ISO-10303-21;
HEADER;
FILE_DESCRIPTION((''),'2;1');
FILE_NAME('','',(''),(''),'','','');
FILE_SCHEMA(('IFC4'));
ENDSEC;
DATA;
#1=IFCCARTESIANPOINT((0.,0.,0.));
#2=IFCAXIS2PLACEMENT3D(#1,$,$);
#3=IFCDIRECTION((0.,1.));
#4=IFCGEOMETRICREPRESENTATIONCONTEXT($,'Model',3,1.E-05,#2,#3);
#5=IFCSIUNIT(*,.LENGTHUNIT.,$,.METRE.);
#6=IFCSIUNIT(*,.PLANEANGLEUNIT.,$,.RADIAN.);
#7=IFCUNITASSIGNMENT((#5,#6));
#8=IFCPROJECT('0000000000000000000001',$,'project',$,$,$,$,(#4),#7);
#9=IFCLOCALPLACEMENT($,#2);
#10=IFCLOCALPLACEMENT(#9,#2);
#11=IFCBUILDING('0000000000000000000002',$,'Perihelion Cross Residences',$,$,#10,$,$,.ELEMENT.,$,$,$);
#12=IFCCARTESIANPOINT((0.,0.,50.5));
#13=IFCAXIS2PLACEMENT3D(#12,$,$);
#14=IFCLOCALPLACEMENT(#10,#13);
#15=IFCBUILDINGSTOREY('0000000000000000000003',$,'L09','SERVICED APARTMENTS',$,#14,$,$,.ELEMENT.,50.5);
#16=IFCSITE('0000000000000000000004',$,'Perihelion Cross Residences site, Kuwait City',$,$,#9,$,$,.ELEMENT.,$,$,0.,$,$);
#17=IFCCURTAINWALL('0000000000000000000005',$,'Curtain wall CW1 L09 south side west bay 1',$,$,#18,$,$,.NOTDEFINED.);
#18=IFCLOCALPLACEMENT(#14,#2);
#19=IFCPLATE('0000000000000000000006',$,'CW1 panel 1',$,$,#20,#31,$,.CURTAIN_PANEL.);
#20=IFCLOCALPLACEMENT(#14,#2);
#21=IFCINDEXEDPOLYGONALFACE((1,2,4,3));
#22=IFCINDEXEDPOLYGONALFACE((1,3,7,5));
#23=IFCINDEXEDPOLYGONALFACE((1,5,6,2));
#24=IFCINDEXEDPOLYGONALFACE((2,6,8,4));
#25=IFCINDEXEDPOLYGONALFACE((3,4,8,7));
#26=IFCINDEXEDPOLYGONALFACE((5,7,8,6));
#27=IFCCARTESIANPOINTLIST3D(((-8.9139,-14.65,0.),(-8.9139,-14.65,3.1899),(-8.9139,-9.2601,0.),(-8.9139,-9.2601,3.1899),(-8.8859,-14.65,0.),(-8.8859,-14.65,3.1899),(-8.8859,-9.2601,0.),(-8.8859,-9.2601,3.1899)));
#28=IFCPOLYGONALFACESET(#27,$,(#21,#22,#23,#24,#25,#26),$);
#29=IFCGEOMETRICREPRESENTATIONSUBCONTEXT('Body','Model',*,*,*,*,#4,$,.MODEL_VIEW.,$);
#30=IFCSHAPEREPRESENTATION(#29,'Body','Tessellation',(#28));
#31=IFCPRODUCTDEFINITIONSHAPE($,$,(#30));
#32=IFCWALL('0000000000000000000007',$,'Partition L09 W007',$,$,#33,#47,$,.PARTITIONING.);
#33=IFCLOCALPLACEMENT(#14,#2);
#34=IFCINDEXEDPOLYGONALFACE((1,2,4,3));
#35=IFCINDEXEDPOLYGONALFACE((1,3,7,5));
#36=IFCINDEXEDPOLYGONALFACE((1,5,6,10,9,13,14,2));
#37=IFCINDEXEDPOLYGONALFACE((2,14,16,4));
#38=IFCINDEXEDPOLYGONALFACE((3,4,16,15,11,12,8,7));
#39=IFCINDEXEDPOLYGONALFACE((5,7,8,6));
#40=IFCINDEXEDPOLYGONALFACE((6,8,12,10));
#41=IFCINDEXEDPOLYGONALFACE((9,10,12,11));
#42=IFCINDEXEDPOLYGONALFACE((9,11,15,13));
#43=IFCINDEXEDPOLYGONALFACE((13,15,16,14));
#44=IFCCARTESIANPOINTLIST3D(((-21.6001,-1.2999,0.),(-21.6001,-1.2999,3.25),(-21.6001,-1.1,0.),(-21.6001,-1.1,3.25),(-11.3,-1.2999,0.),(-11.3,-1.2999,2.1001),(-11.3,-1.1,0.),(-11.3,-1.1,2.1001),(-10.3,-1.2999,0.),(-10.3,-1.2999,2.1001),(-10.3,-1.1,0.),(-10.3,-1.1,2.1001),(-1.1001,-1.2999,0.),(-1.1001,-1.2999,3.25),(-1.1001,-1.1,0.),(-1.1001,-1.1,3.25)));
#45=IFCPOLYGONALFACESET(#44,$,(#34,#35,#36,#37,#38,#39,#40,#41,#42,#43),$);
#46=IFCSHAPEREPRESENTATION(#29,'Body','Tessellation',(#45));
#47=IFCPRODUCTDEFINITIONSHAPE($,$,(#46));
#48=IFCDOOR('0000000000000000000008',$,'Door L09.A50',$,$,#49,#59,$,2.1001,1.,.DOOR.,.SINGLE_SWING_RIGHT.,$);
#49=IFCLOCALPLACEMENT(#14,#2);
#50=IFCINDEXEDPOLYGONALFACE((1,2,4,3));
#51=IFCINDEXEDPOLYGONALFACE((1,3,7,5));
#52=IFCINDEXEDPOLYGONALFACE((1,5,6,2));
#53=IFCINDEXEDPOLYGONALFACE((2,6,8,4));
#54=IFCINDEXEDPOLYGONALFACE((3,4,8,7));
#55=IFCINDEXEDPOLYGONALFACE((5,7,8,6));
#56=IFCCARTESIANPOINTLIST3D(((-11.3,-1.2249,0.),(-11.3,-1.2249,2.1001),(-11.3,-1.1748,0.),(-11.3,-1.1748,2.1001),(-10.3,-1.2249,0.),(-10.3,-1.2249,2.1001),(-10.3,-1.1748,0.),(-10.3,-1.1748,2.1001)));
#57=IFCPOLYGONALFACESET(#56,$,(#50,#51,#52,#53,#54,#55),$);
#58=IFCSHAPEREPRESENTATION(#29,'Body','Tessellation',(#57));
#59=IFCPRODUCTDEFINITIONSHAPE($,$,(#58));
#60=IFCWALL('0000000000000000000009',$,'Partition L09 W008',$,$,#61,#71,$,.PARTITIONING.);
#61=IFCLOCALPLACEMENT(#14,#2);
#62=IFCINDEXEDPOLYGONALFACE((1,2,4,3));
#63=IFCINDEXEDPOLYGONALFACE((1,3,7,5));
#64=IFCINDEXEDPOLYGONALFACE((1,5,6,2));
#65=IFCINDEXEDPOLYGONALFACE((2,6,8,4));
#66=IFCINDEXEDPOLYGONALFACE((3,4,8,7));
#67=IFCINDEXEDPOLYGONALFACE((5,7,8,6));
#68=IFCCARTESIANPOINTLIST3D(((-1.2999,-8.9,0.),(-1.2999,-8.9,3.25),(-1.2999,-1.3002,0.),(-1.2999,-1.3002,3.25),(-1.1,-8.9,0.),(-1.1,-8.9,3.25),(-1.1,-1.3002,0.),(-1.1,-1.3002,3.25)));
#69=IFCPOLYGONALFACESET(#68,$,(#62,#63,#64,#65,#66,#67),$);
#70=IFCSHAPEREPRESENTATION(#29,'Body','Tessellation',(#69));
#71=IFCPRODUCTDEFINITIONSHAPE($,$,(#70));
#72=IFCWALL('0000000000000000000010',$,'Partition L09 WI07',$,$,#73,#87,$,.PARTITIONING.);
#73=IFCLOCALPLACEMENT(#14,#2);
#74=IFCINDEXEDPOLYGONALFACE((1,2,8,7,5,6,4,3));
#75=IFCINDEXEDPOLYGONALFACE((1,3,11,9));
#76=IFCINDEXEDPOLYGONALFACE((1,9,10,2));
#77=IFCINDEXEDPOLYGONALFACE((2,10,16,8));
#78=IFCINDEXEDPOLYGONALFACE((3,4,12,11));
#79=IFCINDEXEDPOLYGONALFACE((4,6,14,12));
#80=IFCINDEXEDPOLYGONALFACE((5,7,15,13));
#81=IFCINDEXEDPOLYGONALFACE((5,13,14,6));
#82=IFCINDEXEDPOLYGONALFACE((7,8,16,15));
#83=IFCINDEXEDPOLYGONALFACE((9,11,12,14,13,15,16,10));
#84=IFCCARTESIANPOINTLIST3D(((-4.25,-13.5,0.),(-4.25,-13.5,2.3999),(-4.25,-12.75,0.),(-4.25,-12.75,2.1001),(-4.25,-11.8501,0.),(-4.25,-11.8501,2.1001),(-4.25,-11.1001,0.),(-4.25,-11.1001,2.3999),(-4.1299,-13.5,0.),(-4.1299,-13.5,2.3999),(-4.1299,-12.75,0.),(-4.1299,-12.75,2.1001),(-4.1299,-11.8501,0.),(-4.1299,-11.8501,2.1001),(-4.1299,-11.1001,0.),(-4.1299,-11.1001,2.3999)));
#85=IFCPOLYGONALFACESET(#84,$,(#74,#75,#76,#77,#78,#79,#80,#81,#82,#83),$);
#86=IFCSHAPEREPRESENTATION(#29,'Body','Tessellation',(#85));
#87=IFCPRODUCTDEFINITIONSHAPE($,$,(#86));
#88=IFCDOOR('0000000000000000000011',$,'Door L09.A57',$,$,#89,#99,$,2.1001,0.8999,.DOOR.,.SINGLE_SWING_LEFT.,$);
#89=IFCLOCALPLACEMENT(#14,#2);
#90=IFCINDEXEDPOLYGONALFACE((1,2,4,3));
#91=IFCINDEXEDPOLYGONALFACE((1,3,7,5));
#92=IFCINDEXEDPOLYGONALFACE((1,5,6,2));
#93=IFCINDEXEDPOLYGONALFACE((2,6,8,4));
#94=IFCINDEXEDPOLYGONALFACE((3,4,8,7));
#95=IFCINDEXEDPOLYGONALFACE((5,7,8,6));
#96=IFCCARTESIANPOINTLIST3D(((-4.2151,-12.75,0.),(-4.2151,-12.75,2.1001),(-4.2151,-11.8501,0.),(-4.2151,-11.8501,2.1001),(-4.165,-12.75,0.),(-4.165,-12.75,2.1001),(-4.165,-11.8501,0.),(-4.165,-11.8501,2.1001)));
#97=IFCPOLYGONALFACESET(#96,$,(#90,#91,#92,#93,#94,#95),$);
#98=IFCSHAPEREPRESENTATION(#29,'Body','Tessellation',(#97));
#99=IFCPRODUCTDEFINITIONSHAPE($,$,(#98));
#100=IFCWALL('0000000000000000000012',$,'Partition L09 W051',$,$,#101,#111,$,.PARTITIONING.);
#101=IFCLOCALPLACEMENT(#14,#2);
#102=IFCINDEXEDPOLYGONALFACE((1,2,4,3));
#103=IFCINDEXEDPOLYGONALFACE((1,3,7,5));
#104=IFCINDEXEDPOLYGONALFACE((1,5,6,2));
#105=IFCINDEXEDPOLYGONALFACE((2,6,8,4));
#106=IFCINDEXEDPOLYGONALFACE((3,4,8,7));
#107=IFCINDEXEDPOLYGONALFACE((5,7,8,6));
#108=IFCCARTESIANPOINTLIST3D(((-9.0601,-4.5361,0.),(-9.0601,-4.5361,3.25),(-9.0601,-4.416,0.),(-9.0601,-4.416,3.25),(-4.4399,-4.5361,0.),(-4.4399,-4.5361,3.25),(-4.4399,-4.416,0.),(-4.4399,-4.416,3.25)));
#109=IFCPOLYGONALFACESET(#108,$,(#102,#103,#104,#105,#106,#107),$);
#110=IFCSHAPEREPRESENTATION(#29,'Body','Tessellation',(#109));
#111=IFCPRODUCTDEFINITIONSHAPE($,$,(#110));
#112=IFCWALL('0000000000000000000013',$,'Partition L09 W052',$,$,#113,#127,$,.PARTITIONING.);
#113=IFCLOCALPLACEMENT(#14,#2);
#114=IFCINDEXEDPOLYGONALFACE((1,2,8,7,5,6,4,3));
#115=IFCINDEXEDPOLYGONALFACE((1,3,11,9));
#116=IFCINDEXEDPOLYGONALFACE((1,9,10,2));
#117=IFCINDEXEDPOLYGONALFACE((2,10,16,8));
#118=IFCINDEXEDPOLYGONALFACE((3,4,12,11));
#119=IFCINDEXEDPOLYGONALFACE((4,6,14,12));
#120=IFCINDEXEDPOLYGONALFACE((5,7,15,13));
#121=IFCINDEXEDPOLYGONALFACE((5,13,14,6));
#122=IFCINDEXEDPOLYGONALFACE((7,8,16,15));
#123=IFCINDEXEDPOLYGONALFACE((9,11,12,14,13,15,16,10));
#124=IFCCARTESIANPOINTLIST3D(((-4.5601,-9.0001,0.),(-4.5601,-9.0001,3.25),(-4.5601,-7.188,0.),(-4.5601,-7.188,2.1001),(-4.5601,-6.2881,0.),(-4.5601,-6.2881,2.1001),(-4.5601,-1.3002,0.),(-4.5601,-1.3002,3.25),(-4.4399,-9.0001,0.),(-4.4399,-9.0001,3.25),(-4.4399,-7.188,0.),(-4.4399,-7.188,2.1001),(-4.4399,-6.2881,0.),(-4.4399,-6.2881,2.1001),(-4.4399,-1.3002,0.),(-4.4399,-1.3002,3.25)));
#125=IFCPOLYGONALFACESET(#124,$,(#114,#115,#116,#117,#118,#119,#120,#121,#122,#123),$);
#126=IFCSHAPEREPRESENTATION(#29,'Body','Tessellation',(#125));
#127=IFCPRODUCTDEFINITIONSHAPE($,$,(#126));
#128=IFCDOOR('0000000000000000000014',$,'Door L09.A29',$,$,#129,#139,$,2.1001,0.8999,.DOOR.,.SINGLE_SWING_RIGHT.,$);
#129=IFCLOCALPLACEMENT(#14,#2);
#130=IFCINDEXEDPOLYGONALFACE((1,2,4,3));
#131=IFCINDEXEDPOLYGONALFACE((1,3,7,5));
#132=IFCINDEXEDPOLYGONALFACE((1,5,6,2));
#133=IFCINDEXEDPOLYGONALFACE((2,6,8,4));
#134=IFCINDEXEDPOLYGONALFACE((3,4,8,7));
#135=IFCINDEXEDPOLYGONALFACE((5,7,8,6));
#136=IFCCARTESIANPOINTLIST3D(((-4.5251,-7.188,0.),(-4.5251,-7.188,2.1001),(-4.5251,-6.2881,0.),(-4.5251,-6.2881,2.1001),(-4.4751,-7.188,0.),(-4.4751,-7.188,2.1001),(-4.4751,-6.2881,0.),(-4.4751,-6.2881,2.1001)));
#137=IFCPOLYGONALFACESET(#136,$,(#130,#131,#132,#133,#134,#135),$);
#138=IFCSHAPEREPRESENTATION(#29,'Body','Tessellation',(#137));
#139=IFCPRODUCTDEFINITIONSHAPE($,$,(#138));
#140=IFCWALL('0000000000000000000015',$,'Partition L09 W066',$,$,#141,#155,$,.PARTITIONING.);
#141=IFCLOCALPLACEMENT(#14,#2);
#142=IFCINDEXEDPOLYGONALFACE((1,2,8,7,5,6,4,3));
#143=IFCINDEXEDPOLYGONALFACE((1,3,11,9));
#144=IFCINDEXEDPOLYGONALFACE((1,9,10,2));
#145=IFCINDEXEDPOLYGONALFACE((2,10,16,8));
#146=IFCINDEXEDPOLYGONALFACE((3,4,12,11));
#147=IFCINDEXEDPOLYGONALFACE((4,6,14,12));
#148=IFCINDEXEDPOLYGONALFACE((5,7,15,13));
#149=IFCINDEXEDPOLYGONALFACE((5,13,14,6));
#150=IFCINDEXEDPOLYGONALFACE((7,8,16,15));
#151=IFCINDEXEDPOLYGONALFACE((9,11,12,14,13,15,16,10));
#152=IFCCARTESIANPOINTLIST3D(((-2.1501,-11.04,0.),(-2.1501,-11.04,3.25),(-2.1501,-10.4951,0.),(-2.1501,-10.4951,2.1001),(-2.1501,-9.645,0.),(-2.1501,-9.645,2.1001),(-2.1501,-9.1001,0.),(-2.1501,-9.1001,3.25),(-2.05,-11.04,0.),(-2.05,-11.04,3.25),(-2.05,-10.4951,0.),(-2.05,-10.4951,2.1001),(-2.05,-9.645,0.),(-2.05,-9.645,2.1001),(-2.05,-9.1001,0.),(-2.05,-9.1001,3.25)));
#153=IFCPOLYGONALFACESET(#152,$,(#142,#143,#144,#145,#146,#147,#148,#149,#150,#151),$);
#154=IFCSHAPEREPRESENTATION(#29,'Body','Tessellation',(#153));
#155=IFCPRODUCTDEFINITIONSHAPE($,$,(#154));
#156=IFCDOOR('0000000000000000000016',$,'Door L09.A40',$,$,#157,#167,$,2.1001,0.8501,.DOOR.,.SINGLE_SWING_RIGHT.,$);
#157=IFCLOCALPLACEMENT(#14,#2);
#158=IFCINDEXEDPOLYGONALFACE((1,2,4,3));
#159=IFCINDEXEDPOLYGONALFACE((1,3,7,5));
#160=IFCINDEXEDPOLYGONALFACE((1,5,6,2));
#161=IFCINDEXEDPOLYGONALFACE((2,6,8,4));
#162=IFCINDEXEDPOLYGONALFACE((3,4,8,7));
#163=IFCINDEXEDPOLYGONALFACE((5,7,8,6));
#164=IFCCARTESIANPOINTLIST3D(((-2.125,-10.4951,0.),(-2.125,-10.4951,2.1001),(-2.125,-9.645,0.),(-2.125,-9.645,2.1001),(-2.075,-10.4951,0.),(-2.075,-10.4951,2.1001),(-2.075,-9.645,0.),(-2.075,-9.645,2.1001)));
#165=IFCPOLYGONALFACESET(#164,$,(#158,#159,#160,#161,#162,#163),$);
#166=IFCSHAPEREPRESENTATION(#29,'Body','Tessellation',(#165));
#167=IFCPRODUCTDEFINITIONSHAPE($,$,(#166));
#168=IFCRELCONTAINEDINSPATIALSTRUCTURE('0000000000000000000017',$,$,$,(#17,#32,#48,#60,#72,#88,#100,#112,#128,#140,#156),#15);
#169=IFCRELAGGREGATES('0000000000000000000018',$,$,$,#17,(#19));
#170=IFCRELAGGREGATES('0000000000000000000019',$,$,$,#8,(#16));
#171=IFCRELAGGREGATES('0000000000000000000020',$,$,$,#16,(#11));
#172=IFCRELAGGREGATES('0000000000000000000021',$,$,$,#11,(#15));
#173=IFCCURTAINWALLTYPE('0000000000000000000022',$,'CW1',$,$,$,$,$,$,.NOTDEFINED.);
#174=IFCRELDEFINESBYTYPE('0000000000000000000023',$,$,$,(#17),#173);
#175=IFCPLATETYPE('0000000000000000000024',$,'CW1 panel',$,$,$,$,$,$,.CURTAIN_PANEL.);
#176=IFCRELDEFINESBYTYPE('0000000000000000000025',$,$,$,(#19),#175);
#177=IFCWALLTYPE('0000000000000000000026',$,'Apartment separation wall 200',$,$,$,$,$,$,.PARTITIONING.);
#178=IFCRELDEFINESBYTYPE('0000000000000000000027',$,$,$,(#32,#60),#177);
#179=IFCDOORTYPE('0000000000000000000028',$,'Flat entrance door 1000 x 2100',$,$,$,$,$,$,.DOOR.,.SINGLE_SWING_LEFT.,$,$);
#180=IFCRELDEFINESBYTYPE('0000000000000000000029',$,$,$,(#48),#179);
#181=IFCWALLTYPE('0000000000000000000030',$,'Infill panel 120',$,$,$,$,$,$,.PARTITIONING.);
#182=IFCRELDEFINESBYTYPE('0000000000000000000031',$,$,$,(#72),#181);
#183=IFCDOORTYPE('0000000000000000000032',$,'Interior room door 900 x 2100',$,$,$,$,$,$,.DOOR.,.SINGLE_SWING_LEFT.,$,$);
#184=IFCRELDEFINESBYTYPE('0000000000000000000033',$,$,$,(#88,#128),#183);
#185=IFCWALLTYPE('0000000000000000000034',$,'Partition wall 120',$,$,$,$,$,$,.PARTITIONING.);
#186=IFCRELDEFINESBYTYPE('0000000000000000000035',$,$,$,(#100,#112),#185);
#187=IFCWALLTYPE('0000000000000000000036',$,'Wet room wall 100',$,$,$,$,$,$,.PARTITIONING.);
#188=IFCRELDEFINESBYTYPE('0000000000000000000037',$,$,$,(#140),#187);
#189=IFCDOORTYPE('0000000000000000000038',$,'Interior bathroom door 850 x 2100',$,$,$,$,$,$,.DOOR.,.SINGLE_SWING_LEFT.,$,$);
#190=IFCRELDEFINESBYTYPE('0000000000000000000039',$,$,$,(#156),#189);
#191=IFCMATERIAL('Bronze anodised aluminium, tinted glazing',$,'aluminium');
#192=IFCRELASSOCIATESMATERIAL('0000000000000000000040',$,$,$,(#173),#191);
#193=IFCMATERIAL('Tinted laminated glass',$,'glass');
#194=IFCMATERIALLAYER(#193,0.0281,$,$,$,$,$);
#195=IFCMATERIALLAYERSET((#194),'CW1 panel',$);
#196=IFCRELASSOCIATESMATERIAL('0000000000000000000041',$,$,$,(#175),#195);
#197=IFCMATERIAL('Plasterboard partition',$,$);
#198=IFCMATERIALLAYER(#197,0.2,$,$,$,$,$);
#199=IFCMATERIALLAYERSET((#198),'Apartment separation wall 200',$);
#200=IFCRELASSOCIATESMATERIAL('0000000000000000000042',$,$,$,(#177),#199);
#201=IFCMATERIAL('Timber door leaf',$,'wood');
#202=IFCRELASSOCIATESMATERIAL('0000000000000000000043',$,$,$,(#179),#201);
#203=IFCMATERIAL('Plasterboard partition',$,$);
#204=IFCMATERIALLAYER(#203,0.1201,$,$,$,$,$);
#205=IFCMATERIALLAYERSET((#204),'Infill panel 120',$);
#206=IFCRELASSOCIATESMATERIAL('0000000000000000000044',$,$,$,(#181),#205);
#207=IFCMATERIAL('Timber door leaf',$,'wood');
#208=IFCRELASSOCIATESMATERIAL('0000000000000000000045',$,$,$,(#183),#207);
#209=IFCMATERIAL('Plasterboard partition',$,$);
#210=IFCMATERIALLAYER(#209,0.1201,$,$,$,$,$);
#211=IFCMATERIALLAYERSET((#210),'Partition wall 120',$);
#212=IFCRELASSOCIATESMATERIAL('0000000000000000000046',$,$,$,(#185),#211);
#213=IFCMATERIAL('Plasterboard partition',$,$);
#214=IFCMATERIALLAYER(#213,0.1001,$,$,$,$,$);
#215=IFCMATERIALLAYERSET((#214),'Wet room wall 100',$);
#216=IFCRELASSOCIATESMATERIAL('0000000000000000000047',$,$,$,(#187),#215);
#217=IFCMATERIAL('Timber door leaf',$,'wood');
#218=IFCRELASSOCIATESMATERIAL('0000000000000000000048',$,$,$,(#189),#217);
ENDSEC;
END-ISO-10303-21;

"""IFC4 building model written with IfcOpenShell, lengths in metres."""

from ifc_helpers import new_model, si_unit, direction, frame, frame_2d, origin, origin_2d, place, context, subcontext, project, spatial, rectangle, extrude, material, layer, layer_set, type_object, element, fill, aggregate, save


model = new_model("IFC4")

# Units and contexts
model_context = context("Model", 3, precision=1e-05, world=origin(), true_north=direction((0.0, 1.0)))
body_context = subcontext(model_context, "Body", "Model", "MODEL_VIEW")
ifc_project = project(units=[si_unit("LENGTHUNIT", "METRE"), si_unit("PLANEANGLEUNIT", "RADIAN")], contexts=[model_context])

# Site, building, storey
site_placement = place(None, origin())
site = spatial("IfcSite", under=ifc_project, at=site_placement, Name="Perihelion Cross Residences site, Kuwait City", CompositionType="ELEMENT", RefElevation=0.0)
building_placement = place(site_placement, origin())
building = spatial("IfcBuilding", under=site, at=building_placement, Name="Perihelion Cross Residences", CompositionType="ELEMENT")
storey_placement = place(building_placement, frame((0.0, 0.0, 50.5)))
storey = spatial("IfcBuildingStorey", under=building, at=storey_placement, Name="L09", Description="SERVICED APARTMENTS", CompositionType="ELEMENT", Elevation=50.5)

# Curtain wall
ifc_material_1 = material(Name="Bronze anodised aluminium, tinted glazing", Category="aluminium")
curtain_wall_type = type_object("IfcCurtainWallType", Name="CW1", PredefinedType="NOTDEFINED", material=ifc_material_1)
curtain_wall_placement = place(storey_placement, origin())
curtain_wall = element("IfcCurtainWall", 1, at=curtain_wall_placement, inside=storey, type_object=curtain_wall_type, Name="Curtain wall CW1 L09 south side west bay 1", PredefinedType="NOTDEFINED")

# Plate
ifc_material_2 = material(Name="Tinted laminated glass", Category="glass")
ifc_layer_1 = layer(ifc_material_2, 0.0281)
ifc_layer_set_1 = layer_set([ifc_layer_1], Name="CW1 panel")
plate_type = type_object("IfcPlateType", Name="CW1 panel", PredefinedType="CURTAIN_PANEL", material=ifc_layer_set_1)
plate_placement = place(storey_placement, frame((-8.8999, -11.9551, 0.0), z_axis=(0.0, 0.0, 1.0), x_axis=(0.0, -1.0, 0.0)))
plate = element("IfcPlate", 2, at=plate_placement, type_object=plate_type, Name="CW1 panel 1", PredefinedType="CURTAIN_PANEL", context=body_context, shape_type="SweptSolid", body=[
    extrude(rectangle(XDim=5.3899, YDim=0.0281, at=origin_2d()), origin(), (0.0, 0.0, 1.0), 3.1899),
])
aggregate(curtain_wall, [plate])

# Wall, opening, door
ifc_material_3 = material(Name="Plasterboard partition")
ifc_layer_2 = layer(ifc_material_3, 0.2)
ifc_layer_set_2 = layer_set([ifc_layer_2], Name="Apartment separation wall 200")
wall_type_1 = type_object("IfcWallType", Name="Apartment separation wall 200", PredefinedType="PARTITIONING", material=ifc_layer_set_2)
wall_1_placement = place(storey_placement, frame((-1.1001, -1.2, 0.0), z_axis=(0.0, 0.0, 1.0), x_axis=(-1.0, 0.0, 0.0)))
wall_1 = element("IfcWall", 3, at=wall_1_placement, inside=storey, type_object=wall_type_1, Name="Partition L09 W007", PredefinedType="PARTITIONING", context=body_context, shape_type="SweptSolid", body=[
    extrude(rectangle(XDim=20.5, YDim=0.2, at=frame_2d((10.25, 0.0))), origin(), (0.0, 0.0, 1.0), 3.25),
])
opening_1_placement = place(wall_1_placement, frame((9.2, 0.0, 0.0)))
opening_1 = element("IfcOpeningElement", 4, at=opening_1_placement, cuts=wall_1, PredefinedType="OPENING", context=body_context, shape_type="SweptSolid", body=[
    extrude(rectangle(XDim=1.0, YDim=2.1001, at=frame_2d((0.5, 1.05))), frame((0.0, 0.1099, 0.0), z_axis=(0.0, -1.0, 0.0), x_axis=(1.0, 0.0, 0.0)), (0.0, 0.0, 1.0), 0.22),
])
ifc_material_4 = material(Name="Timber door leaf", Category="wood")
door_type_1 = type_object("IfcDoorType", Name="Flat entrance door 1000 x 2100", OperationType="SINGLE_SWING_LEFT", PredefinedType="DOOR", material=ifc_material_4)
door_1_placement = place(opening_1_placement, origin())
door_1 = element("IfcDoor", 5, at=door_1_placement, inside=storey, type_object=door_type_1, Name="Door L09.A50", OperationType="SINGLE_SWING_RIGHT", OverallHeight=2.1001, OverallWidth=1.0, PredefinedType="DOOR", context=body_context, shape_type="SweptSolid", body=[
    extrude(rectangle(XDim=1.0, YDim=2.1001, at=frame_2d((0.5, 1.05))), frame((0.0, 0.0249, 0.0), z_axis=(0.0, -1.0, 0.0), x_axis=(1.0, 0.0, 0.0)), (0.0, 0.0, 1.0), 0.05),
])
fill(opening_1, door_1)

# Wall
wall_2_placement = place(storey_placement, frame((-1.2, -8.8999, 0.0), z_axis=(0.0, 0.0, 1.0), x_axis=(0.0, 1.0, 0.0)))
element("IfcWall", 6, at=wall_2_placement, inside=storey, type_object=wall_type_1, Name="Partition L09 W008", PredefinedType="PARTITIONING", context=body_context, shape_type="SweptSolid", body=[
    extrude(rectangle(XDim=7.5999, YDim=0.2, at=frame_2d((3.7998, 0.0))), origin(), (0.0, 0.0, 1.0), 3.25),
])

# Wall, opening, door
ifc_material_5 = material(Name="Plasterboard partition")
ifc_layer_3 = layer(ifc_material_5, 0.1201)
ifc_layer_set_3 = layer_set([ifc_layer_3], Name="Infill panel 120")
wall_type_2 = type_object("IfcWallType", Name="Infill panel 120", PredefinedType="PARTITIONING", material=ifc_layer_set_3)
wall_3_placement = place(storey_placement, frame((-4.1899, -11.1001, 0.0), z_axis=(0.0, 0.0, 1.0), x_axis=(0.0, -1.0, 0.0)))
wall_3 = element("IfcWall", 7, at=wall_3_placement, inside=storey, type_object=wall_type_2, Name="Partition L09 WI07", PredefinedType="PARTITIONING", context=body_context, shape_type="SweptSolid", body=[
    extrude(rectangle(XDim=2.3999, YDim=0.1201, at=frame_2d((1.2, 0.0))), origin(), (0.0, 0.0, 1.0), 2.3999),
])
opening_2_placement = place(wall_3_placement, frame((0.75, 0.0, 0.0)))
opening_2 = element("IfcOpeningElement", 8, at=opening_2_placement, cuts=wall_3, PredefinedType="OPENING", context=body_context, shape_type="SweptSolid", body=[
    extrude(rectangle(XDim=0.8999, YDim=2.1001, at=frame_2d((0.45, 1.05))), frame((0.0, 0.0701, 0.0), z_axis=(0.0, -1.0, 0.0), x_axis=(1.0, 0.0, 0.0)), (0.0, 0.0, 1.0), 0.1401),
])
ifc_material_6 = material(Name="Timber door leaf", Category="wood")
door_type_2 = type_object("IfcDoorType", Name="Interior room door 900 x 2100", OperationType="SINGLE_SWING_LEFT", PredefinedType="DOOR", material=ifc_material_6)
door_2_placement = place(opening_2_placement, origin())
door_2 = element("IfcDoor", 9, at=door_2_placement, inside=storey, type_object=door_type_2, Name="Door L09.A57", OperationType="SINGLE_SWING_LEFT", OverallHeight=2.1001, OverallWidth=0.8999, PredefinedType="DOOR", context=body_context, shape_type="SweptSolid", body=[
    extrude(rectangle(XDim=0.8999, YDim=2.1001, at=frame_2d((0.45, 1.05))), frame((0.0, 0.0249, 0.0), z_axis=(0.0, -1.0, 0.0), x_axis=(1.0, 0.0, 0.0)), (0.0, 0.0, 1.0), 0.05),
])
fill(opening_2, door_2)

# Wall
ifc_material_7 = material(Name="Plasterboard partition")
ifc_layer_4 = layer(ifc_material_7, 0.1201)
ifc_layer_set_4 = layer_set([ifc_layer_4], Name="Partition wall 120")
wall_type_3 = type_object("IfcWallType", Name="Partition wall 120", PredefinedType="PARTITIONING", material=ifc_layer_set_4)
wall_4_placement = place(storey_placement, frame((-4.4399, -4.4761, 0.0), z_axis=(0.0, 0.0, 1.0), x_axis=(-1.0, 0.0, 0.0)))
element("IfcWall", 10, at=wall_4_placement, inside=storey, type_object=wall_type_3, Name="Partition L09 W051", PredefinedType="PARTITIONING", context=body_context, shape_type="SweptSolid", body=[
    extrude(rectangle(XDim=4.6201, YDim=0.1201, at=frame_2d((2.3101, 0.0))), origin(), (0.0, 0.0, 1.0), 3.25),
])

# Walls, openings, doors
wall_5_placement = place(storey_placement, frame((-4.5, -1.3, 0.0), z_axis=(0.0, 0.0, 1.0), x_axis=(0.0, -1.0, 0.0)))
wall_5 = element("IfcWall", 11, at=wall_5_placement, inside=storey, type_object=wall_type_3, Name="Partition L09 W052", PredefinedType="PARTITIONING", context=body_context, shape_type="SweptSolid", body=[
    extrude(rectangle(XDim=7.7, YDim=0.1201, at=frame_2d((3.8501, 0.0))), origin(), (0.0, 0.0, 1.0), 3.25),
])
opening_3_placement = place(wall_5_placement, frame((4.988, 0.0, 0.0)))
opening_3 = element("IfcOpeningElement", 12, at=opening_3_placement, cuts=wall_5, PredefinedType="OPENING", context=body_context, shape_type="SweptSolid", body=[
    extrude(rectangle(XDim=0.8999, YDim=2.1001, at=frame_2d((0.45, 1.05))), frame((0.0, 0.0701, 0.0), z_axis=(0.0, -1.0, 0.0), x_axis=(1.0, 0.0, 0.0)), (0.0, 0.0, 1.0), 0.1401),
])
door_3_placement = place(opening_3_placement, origin())
door_3 = element("IfcDoor", 13, at=door_3_placement, inside=storey, type_object=door_type_2, Name="Door L09.A29", OperationType="SINGLE_SWING_RIGHT", OverallHeight=2.1001, OverallWidth=0.8999, PredefinedType="DOOR", context=body_context, shape_type="SweptSolid", body=[
    extrude(rectangle(XDim=0.8999, YDim=2.1001, at=frame_2d((0.45, 1.05))), frame((0.0, 0.0249, 0.0), z_axis=(0.0, -1.0, 0.0), x_axis=(1.0, 0.0, 0.0)), (0.0, 0.0, 1.0), 0.05),
])
fill(opening_3, door_3)
ifc_material_8 = material(Name="Plasterboard partition")
ifc_layer_5 = layer(ifc_material_8, 0.1001)
ifc_layer_set_5 = layer_set([ifc_layer_5], Name="Wet room wall 100")
wall_type_4 = type_object("IfcWallType", Name="Wet room wall 100", PredefinedType="PARTITIONING", material=ifc_layer_set_5)
wall_6_placement = place(storey_placement, frame((-2.1001, -11.04, 0.0), z_axis=(0.0, 0.0, 1.0), x_axis=(0.0, 1.0, 0.0)))
wall_6 = element("IfcWall", 14, at=wall_6_placement, inside=storey, type_object=wall_type_4, Name="Partition L09 W066", PredefinedType="PARTITIONING", context=body_context, shape_type="SweptSolid", body=[
    extrude(rectangle(XDim=1.9399, YDim=0.1001, at=frame_2d((0.97, 0.0))), origin(), (0.0, 0.0, 1.0), 3.25),
])
opening_4_placement = place(wall_6_placement, frame((0.5449, 0.0, 0.0)))
opening_4 = element("IfcOpeningElement", 15, at=opening_4_placement, cuts=wall_6, PredefinedType="OPENING", context=body_context, shape_type="SweptSolid", body=[
    extrude(rectangle(XDim=0.8501, YDim=2.1001, at=frame_2d((0.425, 1.05))), frame((0.0, 0.0601, 0.0), z_axis=(0.0, -1.0, 0.0), x_axis=(1.0, 0.0, 0.0)), (0.0, 0.0, 1.0), 0.1201),
])
ifc_material_9 = material(Name="Timber door leaf", Category="wood")
door_type_3 = type_object("IfcDoorType", Name="Interior bathroom door 850 x 2100", OperationType="SINGLE_SWING_LEFT", PredefinedType="DOOR", material=ifc_material_9)
door_4_placement = place(opening_4_placement, origin())
door_4 = element("IfcDoor", 16, at=door_4_placement, inside=storey, type_object=door_type_3, Name="Door L09.A40", OperationType="SINGLE_SWING_RIGHT", OverallHeight=2.1001, OverallWidth=0.8501, PredefinedType="DOOR", context=body_context, shape_type="SweptSolid", body=[
    extrude(rectangle(XDim=0.8501, YDim=2.1001, at=frame_2d((0.425, 1.05))), frame((0.0, 0.0249, 0.0), z_axis=(0.0, -1.0, 0.0), x_axis=(1.0, 0.0, 0.0)), (0.0, 0.0, 1.0), 0.05),
])
fill(opening_4, door_4)

save(model, "model.ifc")
